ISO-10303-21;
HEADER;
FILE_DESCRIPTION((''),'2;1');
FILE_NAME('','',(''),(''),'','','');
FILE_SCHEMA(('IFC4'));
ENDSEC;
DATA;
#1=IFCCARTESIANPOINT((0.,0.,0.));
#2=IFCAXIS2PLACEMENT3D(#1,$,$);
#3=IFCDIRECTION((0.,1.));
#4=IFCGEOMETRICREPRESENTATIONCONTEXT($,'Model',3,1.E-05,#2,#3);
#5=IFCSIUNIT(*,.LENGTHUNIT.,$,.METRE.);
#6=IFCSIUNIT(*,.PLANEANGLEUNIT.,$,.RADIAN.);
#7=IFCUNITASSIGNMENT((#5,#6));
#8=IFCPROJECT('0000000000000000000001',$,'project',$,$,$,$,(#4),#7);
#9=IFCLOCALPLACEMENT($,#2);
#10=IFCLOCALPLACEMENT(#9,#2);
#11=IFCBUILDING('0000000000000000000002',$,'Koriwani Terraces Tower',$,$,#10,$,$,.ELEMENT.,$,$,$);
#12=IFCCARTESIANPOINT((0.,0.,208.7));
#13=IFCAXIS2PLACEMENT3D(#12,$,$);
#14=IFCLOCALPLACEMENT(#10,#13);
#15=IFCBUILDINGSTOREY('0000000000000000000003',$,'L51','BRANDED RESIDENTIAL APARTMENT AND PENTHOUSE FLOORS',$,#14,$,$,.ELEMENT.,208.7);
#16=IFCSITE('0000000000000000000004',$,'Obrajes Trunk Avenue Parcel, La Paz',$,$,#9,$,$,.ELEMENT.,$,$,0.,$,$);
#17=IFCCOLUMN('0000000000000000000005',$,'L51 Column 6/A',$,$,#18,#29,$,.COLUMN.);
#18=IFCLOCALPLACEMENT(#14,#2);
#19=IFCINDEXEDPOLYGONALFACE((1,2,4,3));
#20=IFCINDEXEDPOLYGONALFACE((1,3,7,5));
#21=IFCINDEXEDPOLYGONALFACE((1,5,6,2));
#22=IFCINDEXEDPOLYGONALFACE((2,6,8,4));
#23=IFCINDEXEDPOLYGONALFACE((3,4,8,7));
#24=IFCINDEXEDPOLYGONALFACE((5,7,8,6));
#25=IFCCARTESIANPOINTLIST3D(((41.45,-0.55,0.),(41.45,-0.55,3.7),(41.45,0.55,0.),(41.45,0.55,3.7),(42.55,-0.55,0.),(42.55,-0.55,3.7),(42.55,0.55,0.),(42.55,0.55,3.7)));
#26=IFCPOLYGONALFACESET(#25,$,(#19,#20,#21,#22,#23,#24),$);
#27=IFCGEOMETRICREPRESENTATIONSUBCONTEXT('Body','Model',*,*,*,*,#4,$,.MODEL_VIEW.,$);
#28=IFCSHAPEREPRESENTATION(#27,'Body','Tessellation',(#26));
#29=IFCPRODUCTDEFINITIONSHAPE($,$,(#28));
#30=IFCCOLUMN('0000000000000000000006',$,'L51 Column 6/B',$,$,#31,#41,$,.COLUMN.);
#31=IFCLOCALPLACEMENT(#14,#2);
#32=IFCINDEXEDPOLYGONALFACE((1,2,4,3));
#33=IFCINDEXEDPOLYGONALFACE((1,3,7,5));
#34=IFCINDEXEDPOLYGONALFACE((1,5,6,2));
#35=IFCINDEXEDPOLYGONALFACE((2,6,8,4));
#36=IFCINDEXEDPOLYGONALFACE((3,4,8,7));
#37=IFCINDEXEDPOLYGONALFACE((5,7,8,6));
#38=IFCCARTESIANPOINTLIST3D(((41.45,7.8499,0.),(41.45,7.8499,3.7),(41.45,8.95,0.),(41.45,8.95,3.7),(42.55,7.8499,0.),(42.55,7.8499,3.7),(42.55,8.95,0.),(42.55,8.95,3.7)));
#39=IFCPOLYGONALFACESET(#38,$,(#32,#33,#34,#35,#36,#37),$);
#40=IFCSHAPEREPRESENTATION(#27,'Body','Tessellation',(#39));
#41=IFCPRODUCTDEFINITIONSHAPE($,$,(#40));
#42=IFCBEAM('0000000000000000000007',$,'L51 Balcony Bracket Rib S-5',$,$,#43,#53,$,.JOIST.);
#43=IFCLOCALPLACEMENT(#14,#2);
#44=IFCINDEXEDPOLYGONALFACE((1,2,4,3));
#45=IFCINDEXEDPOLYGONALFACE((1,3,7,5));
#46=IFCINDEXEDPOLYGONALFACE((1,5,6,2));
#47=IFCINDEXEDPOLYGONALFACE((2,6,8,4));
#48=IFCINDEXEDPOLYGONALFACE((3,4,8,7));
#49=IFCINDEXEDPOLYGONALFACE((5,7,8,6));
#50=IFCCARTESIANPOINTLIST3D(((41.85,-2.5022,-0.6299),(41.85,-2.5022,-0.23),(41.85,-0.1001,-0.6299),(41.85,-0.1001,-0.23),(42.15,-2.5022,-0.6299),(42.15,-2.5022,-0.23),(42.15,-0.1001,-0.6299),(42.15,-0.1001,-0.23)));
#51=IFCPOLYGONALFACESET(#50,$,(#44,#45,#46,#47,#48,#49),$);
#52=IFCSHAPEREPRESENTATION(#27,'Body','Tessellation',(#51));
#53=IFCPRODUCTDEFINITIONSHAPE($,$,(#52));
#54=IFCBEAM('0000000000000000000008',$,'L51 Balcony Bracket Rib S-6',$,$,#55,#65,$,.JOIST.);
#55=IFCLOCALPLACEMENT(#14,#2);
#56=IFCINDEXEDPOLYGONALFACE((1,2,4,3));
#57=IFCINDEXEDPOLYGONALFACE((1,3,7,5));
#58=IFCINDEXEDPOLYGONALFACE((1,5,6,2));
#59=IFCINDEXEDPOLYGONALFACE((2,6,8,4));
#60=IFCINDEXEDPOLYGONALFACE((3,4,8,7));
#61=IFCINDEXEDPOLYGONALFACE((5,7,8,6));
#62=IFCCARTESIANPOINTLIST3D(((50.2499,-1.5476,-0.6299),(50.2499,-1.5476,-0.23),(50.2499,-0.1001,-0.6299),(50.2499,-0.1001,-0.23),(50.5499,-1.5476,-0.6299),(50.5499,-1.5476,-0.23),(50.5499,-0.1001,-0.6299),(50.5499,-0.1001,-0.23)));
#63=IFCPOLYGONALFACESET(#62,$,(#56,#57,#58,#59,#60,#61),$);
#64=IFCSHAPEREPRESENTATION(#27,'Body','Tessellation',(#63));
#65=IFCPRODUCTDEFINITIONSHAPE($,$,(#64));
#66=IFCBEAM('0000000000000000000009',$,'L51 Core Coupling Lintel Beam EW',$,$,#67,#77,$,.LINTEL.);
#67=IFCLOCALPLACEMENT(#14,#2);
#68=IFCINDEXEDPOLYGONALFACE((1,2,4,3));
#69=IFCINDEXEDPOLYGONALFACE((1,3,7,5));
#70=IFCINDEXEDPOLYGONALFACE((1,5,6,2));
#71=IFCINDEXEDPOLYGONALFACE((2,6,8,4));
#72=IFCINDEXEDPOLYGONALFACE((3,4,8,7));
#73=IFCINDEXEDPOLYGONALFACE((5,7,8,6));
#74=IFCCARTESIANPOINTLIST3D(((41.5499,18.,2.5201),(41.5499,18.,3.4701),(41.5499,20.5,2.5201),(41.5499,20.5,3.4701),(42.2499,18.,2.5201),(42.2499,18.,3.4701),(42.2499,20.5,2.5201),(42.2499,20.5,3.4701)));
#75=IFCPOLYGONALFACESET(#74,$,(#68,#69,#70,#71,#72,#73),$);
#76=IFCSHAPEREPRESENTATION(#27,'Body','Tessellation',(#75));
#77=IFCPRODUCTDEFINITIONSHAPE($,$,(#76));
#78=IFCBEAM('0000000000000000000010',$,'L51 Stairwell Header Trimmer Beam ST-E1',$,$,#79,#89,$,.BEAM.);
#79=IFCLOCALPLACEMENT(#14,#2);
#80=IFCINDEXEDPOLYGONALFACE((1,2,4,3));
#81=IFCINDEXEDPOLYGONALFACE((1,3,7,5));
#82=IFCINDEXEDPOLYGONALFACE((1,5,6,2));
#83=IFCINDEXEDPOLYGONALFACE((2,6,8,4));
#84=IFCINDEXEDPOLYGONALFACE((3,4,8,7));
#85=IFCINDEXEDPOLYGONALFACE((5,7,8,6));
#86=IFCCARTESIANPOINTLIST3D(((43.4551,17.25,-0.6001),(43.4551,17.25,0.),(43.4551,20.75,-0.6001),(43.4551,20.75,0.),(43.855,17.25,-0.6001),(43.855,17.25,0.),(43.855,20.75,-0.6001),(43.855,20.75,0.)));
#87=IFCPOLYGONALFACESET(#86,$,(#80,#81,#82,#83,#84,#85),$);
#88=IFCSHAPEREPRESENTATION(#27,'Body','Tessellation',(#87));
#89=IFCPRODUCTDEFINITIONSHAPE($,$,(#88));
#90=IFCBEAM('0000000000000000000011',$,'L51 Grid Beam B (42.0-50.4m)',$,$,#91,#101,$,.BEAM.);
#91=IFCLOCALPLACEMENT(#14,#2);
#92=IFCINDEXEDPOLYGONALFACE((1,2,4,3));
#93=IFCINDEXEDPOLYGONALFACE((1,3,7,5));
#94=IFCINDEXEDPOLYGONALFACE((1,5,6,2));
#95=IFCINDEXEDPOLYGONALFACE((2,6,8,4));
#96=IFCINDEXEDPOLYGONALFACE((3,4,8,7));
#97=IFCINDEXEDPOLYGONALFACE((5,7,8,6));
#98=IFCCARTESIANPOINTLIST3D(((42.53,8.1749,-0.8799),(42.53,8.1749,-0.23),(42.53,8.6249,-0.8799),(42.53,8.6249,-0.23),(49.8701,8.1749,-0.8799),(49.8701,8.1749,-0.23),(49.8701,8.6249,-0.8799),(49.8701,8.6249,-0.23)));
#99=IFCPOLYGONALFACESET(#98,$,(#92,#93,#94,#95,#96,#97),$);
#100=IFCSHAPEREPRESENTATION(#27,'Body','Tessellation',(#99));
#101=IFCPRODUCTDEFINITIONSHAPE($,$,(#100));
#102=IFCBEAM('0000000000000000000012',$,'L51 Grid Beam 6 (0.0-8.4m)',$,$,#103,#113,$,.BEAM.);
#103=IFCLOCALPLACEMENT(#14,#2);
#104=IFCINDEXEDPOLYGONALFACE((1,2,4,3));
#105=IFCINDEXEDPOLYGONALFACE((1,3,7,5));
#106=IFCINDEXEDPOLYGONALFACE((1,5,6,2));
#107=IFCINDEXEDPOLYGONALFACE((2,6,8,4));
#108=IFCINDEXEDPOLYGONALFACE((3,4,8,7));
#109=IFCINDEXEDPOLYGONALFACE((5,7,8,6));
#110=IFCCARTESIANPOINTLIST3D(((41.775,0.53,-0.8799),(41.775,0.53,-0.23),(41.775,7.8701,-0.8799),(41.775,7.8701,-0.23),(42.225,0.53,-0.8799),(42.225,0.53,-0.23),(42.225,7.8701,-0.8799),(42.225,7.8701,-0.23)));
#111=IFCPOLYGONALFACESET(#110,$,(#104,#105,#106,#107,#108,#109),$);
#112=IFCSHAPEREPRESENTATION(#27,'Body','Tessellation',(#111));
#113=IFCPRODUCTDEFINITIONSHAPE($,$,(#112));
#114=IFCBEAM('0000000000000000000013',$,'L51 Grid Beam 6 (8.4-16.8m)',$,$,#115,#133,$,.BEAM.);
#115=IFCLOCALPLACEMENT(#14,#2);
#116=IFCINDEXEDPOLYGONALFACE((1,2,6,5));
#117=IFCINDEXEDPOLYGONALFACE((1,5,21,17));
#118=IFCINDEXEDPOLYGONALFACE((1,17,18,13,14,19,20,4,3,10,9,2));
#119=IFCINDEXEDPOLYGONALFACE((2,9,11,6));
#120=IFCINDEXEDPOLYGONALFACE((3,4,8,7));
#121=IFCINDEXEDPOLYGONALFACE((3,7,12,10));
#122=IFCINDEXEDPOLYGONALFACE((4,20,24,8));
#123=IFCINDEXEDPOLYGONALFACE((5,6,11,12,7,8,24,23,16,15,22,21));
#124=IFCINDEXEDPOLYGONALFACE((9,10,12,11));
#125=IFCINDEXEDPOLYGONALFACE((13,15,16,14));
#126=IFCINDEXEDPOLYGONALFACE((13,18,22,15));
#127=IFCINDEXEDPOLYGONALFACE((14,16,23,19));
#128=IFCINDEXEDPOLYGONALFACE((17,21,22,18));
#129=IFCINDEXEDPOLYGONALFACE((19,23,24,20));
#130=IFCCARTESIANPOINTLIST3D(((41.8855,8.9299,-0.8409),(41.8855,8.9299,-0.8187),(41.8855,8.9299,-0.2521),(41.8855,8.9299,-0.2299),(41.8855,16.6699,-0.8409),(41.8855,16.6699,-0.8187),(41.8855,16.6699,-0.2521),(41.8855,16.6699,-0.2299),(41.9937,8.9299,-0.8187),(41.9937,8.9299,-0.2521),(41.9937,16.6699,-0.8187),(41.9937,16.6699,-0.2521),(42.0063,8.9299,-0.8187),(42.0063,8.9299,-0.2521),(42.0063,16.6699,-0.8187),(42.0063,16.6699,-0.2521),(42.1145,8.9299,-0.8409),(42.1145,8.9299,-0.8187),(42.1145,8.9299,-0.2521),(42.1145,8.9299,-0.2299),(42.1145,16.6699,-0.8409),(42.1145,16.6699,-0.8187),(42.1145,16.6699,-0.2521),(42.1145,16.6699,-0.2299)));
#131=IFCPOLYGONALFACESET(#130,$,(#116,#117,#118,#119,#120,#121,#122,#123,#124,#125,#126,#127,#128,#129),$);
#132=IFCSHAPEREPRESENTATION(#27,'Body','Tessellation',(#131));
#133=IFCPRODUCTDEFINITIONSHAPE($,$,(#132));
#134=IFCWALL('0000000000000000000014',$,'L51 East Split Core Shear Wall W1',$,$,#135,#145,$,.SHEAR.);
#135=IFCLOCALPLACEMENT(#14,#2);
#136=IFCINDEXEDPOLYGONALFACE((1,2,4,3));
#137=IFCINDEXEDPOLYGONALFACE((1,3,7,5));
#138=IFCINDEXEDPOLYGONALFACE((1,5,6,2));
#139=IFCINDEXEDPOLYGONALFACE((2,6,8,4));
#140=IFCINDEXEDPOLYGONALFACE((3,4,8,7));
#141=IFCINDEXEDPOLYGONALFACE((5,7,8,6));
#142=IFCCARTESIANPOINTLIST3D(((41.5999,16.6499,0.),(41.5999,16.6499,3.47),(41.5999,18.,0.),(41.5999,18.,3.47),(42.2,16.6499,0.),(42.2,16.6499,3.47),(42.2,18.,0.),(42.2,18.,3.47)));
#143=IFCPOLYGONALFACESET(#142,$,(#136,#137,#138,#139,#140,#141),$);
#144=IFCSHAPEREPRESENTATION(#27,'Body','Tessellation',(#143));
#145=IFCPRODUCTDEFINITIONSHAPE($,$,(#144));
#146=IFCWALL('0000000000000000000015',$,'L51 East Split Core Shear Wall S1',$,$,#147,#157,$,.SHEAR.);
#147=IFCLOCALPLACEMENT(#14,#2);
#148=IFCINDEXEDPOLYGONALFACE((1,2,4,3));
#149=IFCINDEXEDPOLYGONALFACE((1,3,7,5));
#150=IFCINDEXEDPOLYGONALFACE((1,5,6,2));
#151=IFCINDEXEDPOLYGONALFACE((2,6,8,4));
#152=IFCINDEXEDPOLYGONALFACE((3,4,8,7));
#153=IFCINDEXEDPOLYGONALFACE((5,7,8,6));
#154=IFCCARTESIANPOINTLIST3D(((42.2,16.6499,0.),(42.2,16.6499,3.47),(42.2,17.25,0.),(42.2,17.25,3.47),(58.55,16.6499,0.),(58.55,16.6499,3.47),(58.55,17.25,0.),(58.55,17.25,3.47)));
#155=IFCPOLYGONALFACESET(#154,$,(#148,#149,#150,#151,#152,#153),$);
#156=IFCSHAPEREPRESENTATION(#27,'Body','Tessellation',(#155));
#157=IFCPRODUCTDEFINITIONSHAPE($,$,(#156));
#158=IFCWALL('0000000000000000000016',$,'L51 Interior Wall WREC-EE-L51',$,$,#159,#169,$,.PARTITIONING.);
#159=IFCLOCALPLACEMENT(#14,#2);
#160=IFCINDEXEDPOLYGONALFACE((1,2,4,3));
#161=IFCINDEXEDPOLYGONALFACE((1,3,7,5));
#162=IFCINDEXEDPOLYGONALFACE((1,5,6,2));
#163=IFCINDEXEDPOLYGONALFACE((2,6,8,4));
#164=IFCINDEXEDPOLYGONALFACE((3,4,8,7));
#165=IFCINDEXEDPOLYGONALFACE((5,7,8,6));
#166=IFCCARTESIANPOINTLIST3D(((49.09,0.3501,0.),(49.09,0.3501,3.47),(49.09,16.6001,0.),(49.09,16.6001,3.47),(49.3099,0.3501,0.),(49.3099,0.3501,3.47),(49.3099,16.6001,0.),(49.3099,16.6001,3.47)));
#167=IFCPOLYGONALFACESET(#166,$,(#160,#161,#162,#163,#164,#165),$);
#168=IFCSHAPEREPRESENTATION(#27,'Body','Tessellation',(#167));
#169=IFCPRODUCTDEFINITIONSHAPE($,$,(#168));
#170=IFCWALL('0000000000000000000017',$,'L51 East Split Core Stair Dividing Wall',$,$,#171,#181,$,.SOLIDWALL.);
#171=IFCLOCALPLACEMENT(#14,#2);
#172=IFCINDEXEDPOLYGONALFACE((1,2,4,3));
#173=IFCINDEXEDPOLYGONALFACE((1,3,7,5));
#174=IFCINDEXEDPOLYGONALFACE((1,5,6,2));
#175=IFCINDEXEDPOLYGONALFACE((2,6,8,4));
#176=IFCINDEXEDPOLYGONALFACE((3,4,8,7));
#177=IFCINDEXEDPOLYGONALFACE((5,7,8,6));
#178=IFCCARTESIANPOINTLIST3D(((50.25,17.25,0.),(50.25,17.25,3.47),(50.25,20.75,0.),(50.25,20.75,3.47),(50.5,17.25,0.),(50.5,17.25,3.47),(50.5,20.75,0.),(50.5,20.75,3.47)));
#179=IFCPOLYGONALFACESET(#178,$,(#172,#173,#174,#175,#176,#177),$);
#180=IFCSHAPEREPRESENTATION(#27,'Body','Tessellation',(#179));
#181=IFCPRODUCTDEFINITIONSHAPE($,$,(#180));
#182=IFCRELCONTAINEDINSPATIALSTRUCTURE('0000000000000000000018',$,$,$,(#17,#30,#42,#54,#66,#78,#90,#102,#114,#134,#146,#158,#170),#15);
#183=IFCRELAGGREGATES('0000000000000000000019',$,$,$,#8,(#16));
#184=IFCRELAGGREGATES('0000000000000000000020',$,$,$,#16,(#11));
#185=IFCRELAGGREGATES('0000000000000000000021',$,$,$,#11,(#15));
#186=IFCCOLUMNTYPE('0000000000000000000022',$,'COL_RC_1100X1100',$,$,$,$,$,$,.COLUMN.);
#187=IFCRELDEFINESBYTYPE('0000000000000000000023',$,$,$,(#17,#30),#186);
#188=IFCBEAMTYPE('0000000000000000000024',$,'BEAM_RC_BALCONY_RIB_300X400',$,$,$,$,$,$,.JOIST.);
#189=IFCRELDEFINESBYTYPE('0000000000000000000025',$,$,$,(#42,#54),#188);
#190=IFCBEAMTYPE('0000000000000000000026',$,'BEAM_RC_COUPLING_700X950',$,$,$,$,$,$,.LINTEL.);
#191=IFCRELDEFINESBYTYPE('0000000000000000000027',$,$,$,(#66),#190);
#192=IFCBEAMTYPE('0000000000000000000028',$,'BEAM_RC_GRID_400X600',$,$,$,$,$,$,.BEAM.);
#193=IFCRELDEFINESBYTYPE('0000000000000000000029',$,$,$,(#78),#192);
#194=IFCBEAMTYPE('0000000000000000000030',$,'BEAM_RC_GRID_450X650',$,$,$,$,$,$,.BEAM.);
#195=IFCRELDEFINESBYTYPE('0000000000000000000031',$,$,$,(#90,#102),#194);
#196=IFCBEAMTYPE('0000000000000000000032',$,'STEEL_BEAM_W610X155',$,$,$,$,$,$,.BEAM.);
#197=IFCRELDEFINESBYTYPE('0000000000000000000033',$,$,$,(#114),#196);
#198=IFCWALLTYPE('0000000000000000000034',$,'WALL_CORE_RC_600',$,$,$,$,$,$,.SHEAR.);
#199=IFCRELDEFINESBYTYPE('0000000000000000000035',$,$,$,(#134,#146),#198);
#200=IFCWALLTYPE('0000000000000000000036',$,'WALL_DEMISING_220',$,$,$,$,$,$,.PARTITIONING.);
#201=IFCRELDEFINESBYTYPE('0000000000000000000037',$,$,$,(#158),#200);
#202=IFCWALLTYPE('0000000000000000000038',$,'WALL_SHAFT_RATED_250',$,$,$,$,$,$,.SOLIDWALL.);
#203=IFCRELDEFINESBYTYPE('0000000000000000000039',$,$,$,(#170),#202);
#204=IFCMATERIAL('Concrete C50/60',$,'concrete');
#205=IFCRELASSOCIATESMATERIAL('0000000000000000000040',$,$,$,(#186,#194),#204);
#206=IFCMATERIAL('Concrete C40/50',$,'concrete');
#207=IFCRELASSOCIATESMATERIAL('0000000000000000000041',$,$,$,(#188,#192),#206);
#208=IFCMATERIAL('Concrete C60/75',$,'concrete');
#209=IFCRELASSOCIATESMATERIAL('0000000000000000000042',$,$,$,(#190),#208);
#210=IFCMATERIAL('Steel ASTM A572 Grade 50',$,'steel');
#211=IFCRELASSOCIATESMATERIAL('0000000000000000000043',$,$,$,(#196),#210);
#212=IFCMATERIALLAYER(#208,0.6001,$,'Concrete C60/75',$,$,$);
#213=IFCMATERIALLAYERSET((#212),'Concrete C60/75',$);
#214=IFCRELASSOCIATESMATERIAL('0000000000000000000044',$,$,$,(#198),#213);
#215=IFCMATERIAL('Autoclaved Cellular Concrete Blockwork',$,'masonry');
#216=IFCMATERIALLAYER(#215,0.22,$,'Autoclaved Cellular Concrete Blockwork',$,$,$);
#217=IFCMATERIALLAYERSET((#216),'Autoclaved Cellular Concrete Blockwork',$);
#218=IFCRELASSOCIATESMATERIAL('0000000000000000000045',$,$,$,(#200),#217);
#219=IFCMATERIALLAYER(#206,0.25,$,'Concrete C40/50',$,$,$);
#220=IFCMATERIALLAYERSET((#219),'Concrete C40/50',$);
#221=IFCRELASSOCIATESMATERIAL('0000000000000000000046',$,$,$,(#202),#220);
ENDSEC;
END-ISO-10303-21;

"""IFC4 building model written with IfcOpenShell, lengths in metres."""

from ifc_helpers import new_model, si_unit, direction, frame, frame_2d, origin, origin_2d, place, context, subcontext, project, spatial, rectangle, i_section, extrude, material, layer, layer_set, material_profile, profile_set, type_object, element, save


model = new_model("IFC4")

# Units and contexts
model_context = context("Model", 3, precision=1e-05, world=origin(), true_north=direction((0.0, 1.0)))
body_context = subcontext(model_context, "Body", "Model", "MODEL_VIEW")
ifc_project = project(units=[si_unit("LENGTHUNIT", "METRE"), si_unit("PLANEANGLEUNIT", "RADIAN")], contexts=[model_context])

# Site, building, storey
site_placement = place(None, origin())
site = spatial("IfcSite", under=ifc_project, at=site_placement, Name="Obrajes Trunk Avenue Parcel, La Paz", CompositionType="ELEMENT", RefElevation=0.0)
building_placement = place(site_placement, origin())
building = spatial("IfcBuilding", under=site, at=building_placement, Name="Koriwani Terraces Tower", CompositionType="ELEMENT")
storey_placement = place(building_placement, frame((0.0, 0.0, 208.7)))
storey = spatial("IfcBuildingStorey", under=building, at=storey_placement, Name="L51", Description="BRANDED RESIDENTIAL APARTMENT AND PENTHOUSE FLOORS", CompositionType="ELEMENT", Elevation=208.7)

# Columns
ifc_material_1 = material(Name="Concrete C50/60", Category="concrete")
ifc_material_profile_1 = material_profile(ifc_material_1, rectangle(XDim=1.1001, YDim=1.1001, at=origin_2d()), Name="Concrete C50/60", Category="LoadBearing")
ifc_profile_set_1 = profile_set([ifc_material_profile_1], Name="Concrete C50/60")
column_type = type_object("IfcColumnType", Name="COL_RC_1100X1100", PredefinedType="COLUMN", material=ifc_profile_set_1)
for number, where, z_axis, x_axis, name in (
    (1, (42.0, 0.0, 0.0), (0.0, 0.0, 1.0), (1.0, 0.0, 0.0), "L51 Column 6/A"),
    (2, (42.0, 8.3999, 0.0), (0.0, 0.0, 1.0), (1.0, 0.0, 0.0), "L51 Column 6/B"),
):
    element("IfcColumn", number, at=place(storey_placement, frame(where, z_axis=z_axis, x_axis=x_axis)), inside=storey, type_object=column_type, Name=name, PredefinedType="COLUMN", context=body_context, shape_type="SweptSolid", body=[
        extrude(rectangle(XDim=1.1001, YDim=1.1001, at=origin_2d()), origin(), (0.0, 0.0, 1.0), 3.7),
    ])

# Beams
ifc_material_2 = material(Name="Concrete C40/50", Category="concrete")
ifc_material_profile_2 = material_profile(ifc_material_2, rectangle(XDim=0.3, YDim=0.3999, at=origin_2d()), Name="Concrete C40/50", Category="LoadBearing")
ifc_profile_set_2 = profile_set([ifc_material_profile_2], Name="Concrete C40/50")
beam_type_1 = type_object("IfcBeamType", Name="BEAM_RC_BALCONY_RIB_300X400", PredefinedType="JOIST", material=ifc_profile_set_2)
beam_1_placement = place(storey_placement, frame((42.0, -2.5022, -0.4299), z_axis=(0.0, 1.0, 0.0), x_axis=(-1.0, 0.0, 0.0)))
element("IfcBeam", 3, at=beam_1_placement, inside=storey, type_object=beam_type_1, Name="L51 Balcony Bracket Rib S-5", PredefinedType="JOIST", context=body_context, shape_type="SweptSolid", body=[
    extrude(rectangle(XDim=0.3, YDim=0.3999, at=origin_2d()), origin(), (0.0, 0.0, 1.0), 2.4021),
])
beam_2_placement = place(storey_placement, frame((50.3999, -1.5476, -0.4299), z_axis=(0.0, 1.0, 0.0), x_axis=(-1.0, 0.0, 0.0)))
element("IfcBeam", 4, at=beam_2_placement, inside=storey, type_object=beam_type_1, Name="L51 Balcony Bracket Rib S-6", PredefinedType="JOIST", context=body_context, shape_type="SweptSolid", body=[
    extrude(rectangle(XDim=0.3, YDim=0.3999, at=origin_2d()), origin(), (0.0, 0.0, 1.0), 1.4475),
])
ifc_material_3 = material(Name="Concrete C60/75", Category="concrete")
ifc_material_profile_3 = material_profile(ifc_material_3, rectangle(XDim=0.7, YDim=0.95, at=origin_2d()), Name="Concrete C60/75", Category="LoadBearing")
ifc_profile_set_3 = profile_set([ifc_material_profile_3], Name="Concrete C60/75")
beam_type_2 = type_object("IfcBeamType", Name="BEAM_RC_COUPLING_700X950", PredefinedType="LINTEL", material=ifc_profile_set_3)
beam_3_placement = place(storey_placement, frame((41.8999, 18.0, 2.9951), z_axis=(0.0, 1.0, 0.0), x_axis=(-1.0, 0.0, 0.0)))
element("IfcBeam", 5, at=beam_3_placement, inside=storey, type_object=beam_type_2, Name="L51 Core Coupling Lintel Beam EW", PredefinedType="LINTEL", context=body_context, shape_type="SweptSolid", body=[
    extrude(rectangle(XDim=0.7, YDim=0.95, at=origin_2d()), origin(), (0.0, 0.0, 1.0), 2.5),
])
ifc_material_profile_4 = material_profile(ifc_material_2, rectangle(XDim=0.3999, YDim=0.6001, at=origin_2d()), Name="Concrete C40/50", Category="LoadBearing")
ifc_profile_set_4 = profile_set([ifc_material_profile_4], Name="Concrete C40/50")
beam_type_3 = type_object("IfcBeamType", Name="BEAM_RC_GRID_400X600", PredefinedType="BEAM", material=ifc_profile_set_4)
beam_4_placement = place(storey_placement, frame((43.655, 17.25, -0.3), z_axis=(0.0, 1.0, 0.0), x_axis=(-1.0, 0.0, 0.0)))
element("IfcBeam", 6, at=beam_4_placement, inside=storey, type_object=beam_type_3, Name="L51 Stairwell Header Trimmer Beam ST-E1", PredefinedType="BEAM", context=body_context, shape_type="SweptSolid", body=[
    extrude(rectangle(XDim=0.3999, YDim=0.6001, at=origin_2d()), origin(), (0.0, 0.0, 1.0), 3.5),
])
ifc_material_profile_5 = material_profile(ifc_material_1, rectangle(XDim=0.45, YDim=0.6499, at=origin_2d()), Name="Concrete C50/60", Category="LoadBearing")
ifc_profile_set_5 = profile_set([ifc_material_profile_5], Name="Concrete C50/60")
beam_type_4 = type_object("IfcBeamType", Name="BEAM_RC_GRID_450X650", PredefinedType="BEAM", material=ifc_profile_set_5)
for number, where, z_axis, x_axis, name in (
    (7, (42.53, 8.3999, -0.5549), (1.0, 0.0, 0.0), (0.0, 1.0, 0.0), "L51 Grid Beam B (42.0-50.4m)"),
    (8, (42.0, 0.53, -0.5549), (0.0, 1.0, 0.0), (-1.0, 0.0, 0.0), "L51 Grid Beam 6 (0.0-8.4m)"),
):
    element("IfcBeam", number, at=place(storey_placement, frame(where, z_axis=z_axis, x_axis=x_axis)), inside=storey, type_object=beam_type_4, Name=name, PredefinedType="BEAM", context=body_context, shape_type="SweptSolid", body=[
        extrude(rectangle(XDim=0.45, YDim=0.6499, at=origin_2d()), origin(), (0.0, 0.0, 1.0), 7.3401),
    ])
ifc_material_4 = material(Name="Steel ASTM A572 Grade 50", Category="steel")
ifc_material_profile_6 = material_profile(ifc_material_4, i_section(OverallWidth=0.229, OverallDepth=0.6111, WebThickness=0.0127, FlangeThickness=0.0222, at=origin_2d()), Name="Steel ASTM A572 Grade 50", Category="LoadBearing")
ifc_profile_set_6 = profile_set([ifc_material_profile_6], Name="Steel ASTM A572 Grade 50")
beam_type_5 = type_object("IfcBeamType", Name="STEEL_BEAM_W610X155", PredefinedType="BEAM", material=ifc_profile_set_6)
beam_5_placement = place(storey_placement, frame((42.0, 8.9299, -0.5354), z_axis=(0.0, 1.0, 0.0), x_axis=(-1.0, 0.0, 0.0)))
element("IfcBeam", 9, at=beam_5_placement, inside=storey, type_object=beam_type_5, Name="L51 Grid Beam 6 (8.4-16.8m)", PredefinedType="BEAM", context=body_context, shape_type="SweptSolid", body=[
    extrude(i_section(OverallWidth=0.229, OverallDepth=0.6111, WebThickness=0.0127, FlangeThickness=0.0222, at=origin_2d()), origin(), (0.0, 0.0, 1.0), 7.74),
])

# Walls
ifc_layer_1 = layer(ifc_material_3, 0.6001, Name="Concrete C60/75")
ifc_layer_set_1 = layer_set([ifc_layer_1], Name="Concrete C60/75")
wall_type_1 = type_object("IfcWallType", Name="WALL_CORE_RC_600", PredefinedType="SHEAR", material=ifc_layer_set_1)
wall_1_placement = place(storey_placement, frame((41.8999, 16.6499, 0.0), z_axis=(0.0, 0.0, 1.0), x_axis=(0.0, 1.0, 0.0)))
element("IfcWall", 10, at=wall_1_placement, inside=storey, type_object=wall_type_1, Name="L51 East Split Core Shear Wall W1", PredefinedType="SHEAR", context=body_context, shape_type="SweptSolid", body=[
    extrude(rectangle(XDim=1.3501, YDim=0.6001, at=frame_2d((0.675, 0.0))), origin(), (0.0, 0.0, 1.0), 3.47),
])
wall_2_placement = place(storey_placement, frame((42.2, 16.95, 0.0), z_axis=(0.0, 0.0, 1.0), x_axis=(1.0, 0.0, 0.0)))
element("IfcWall", 11, at=wall_2_placement, inside=storey, type_object=wall_type_1, Name="L51 East Split Core Shear Wall S1", PredefinedType="SHEAR", context=body_context, shape_type="SweptSolid", body=[
    extrude(rectangle(XDim=16.3501, YDim=0.6001, at=frame_2d((8.175, 0.0))), origin(), (0.0, 0.0, 1.0), 3.47),
])
ifc_material_5 = material(Name="Autoclaved Cellular Concrete Blockwork", Category="masonry")
ifc_layer_2 = layer(ifc_material_5, 0.22, Name="Autoclaved Cellular Concrete Blockwork")
ifc_layer_set_2 = layer_set([ifc_layer_2], Name="Autoclaved Cellular Concrete Blockwork")
wall_type_2 = type_object("IfcWallType", Name="WALL_DEMISING_220", PredefinedType="PARTITIONING", material=ifc_layer_set_2)
wall_3_placement = place(storey_placement, frame((49.2, 0.3501, 0.0), z_axis=(0.0, 0.0, 1.0), x_axis=(0.0, 1.0, 0.0)))
element("IfcWall", 12, at=wall_3_placement, inside=storey, type_object=wall_type_2, Name="L51 Interior Wall WREC-EE-L51", PredefinedType="PARTITIONING", context=body_context, shape_type="SweptSolid", body=[
    extrude(rectangle(XDim=16.25, YDim=0.22, at=frame_2d((8.125, 0.0))), origin(), (0.0, 0.0, 1.0), 3.47),
])
ifc_layer_3 = layer(ifc_material_2, 0.25, Name="Concrete C40/50")
ifc_layer_set_3 = layer_set([ifc_layer_3], Name="Concrete C40/50")
wall_type_3 = type_object("IfcWallType", Name="WALL_SHAFT_RATED_250", PredefinedType="SOLIDWALL", material=ifc_layer_set_3)
wall_4_placement = place(storey_placement, frame((50.375, 17.25, 0.0), z_axis=(0.0, 0.0, 1.0), x_axis=(0.0, 1.0, 0.0)))
element("IfcWall", 13, at=wall_4_placement, inside=storey, type_object=wall_type_3, Name="L51 East Split Core Stair Dividing Wall", PredefinedType="SOLIDWALL", context=body_context, shape_type="SweptSolid", body=[
    extrude(rectangle(XDim=3.5, YDim=0.25, at=frame_2d((1.75, 0.0))), origin(), (0.0, 0.0, 1.0), 3.47),
])

save(model, "model.ifc")
